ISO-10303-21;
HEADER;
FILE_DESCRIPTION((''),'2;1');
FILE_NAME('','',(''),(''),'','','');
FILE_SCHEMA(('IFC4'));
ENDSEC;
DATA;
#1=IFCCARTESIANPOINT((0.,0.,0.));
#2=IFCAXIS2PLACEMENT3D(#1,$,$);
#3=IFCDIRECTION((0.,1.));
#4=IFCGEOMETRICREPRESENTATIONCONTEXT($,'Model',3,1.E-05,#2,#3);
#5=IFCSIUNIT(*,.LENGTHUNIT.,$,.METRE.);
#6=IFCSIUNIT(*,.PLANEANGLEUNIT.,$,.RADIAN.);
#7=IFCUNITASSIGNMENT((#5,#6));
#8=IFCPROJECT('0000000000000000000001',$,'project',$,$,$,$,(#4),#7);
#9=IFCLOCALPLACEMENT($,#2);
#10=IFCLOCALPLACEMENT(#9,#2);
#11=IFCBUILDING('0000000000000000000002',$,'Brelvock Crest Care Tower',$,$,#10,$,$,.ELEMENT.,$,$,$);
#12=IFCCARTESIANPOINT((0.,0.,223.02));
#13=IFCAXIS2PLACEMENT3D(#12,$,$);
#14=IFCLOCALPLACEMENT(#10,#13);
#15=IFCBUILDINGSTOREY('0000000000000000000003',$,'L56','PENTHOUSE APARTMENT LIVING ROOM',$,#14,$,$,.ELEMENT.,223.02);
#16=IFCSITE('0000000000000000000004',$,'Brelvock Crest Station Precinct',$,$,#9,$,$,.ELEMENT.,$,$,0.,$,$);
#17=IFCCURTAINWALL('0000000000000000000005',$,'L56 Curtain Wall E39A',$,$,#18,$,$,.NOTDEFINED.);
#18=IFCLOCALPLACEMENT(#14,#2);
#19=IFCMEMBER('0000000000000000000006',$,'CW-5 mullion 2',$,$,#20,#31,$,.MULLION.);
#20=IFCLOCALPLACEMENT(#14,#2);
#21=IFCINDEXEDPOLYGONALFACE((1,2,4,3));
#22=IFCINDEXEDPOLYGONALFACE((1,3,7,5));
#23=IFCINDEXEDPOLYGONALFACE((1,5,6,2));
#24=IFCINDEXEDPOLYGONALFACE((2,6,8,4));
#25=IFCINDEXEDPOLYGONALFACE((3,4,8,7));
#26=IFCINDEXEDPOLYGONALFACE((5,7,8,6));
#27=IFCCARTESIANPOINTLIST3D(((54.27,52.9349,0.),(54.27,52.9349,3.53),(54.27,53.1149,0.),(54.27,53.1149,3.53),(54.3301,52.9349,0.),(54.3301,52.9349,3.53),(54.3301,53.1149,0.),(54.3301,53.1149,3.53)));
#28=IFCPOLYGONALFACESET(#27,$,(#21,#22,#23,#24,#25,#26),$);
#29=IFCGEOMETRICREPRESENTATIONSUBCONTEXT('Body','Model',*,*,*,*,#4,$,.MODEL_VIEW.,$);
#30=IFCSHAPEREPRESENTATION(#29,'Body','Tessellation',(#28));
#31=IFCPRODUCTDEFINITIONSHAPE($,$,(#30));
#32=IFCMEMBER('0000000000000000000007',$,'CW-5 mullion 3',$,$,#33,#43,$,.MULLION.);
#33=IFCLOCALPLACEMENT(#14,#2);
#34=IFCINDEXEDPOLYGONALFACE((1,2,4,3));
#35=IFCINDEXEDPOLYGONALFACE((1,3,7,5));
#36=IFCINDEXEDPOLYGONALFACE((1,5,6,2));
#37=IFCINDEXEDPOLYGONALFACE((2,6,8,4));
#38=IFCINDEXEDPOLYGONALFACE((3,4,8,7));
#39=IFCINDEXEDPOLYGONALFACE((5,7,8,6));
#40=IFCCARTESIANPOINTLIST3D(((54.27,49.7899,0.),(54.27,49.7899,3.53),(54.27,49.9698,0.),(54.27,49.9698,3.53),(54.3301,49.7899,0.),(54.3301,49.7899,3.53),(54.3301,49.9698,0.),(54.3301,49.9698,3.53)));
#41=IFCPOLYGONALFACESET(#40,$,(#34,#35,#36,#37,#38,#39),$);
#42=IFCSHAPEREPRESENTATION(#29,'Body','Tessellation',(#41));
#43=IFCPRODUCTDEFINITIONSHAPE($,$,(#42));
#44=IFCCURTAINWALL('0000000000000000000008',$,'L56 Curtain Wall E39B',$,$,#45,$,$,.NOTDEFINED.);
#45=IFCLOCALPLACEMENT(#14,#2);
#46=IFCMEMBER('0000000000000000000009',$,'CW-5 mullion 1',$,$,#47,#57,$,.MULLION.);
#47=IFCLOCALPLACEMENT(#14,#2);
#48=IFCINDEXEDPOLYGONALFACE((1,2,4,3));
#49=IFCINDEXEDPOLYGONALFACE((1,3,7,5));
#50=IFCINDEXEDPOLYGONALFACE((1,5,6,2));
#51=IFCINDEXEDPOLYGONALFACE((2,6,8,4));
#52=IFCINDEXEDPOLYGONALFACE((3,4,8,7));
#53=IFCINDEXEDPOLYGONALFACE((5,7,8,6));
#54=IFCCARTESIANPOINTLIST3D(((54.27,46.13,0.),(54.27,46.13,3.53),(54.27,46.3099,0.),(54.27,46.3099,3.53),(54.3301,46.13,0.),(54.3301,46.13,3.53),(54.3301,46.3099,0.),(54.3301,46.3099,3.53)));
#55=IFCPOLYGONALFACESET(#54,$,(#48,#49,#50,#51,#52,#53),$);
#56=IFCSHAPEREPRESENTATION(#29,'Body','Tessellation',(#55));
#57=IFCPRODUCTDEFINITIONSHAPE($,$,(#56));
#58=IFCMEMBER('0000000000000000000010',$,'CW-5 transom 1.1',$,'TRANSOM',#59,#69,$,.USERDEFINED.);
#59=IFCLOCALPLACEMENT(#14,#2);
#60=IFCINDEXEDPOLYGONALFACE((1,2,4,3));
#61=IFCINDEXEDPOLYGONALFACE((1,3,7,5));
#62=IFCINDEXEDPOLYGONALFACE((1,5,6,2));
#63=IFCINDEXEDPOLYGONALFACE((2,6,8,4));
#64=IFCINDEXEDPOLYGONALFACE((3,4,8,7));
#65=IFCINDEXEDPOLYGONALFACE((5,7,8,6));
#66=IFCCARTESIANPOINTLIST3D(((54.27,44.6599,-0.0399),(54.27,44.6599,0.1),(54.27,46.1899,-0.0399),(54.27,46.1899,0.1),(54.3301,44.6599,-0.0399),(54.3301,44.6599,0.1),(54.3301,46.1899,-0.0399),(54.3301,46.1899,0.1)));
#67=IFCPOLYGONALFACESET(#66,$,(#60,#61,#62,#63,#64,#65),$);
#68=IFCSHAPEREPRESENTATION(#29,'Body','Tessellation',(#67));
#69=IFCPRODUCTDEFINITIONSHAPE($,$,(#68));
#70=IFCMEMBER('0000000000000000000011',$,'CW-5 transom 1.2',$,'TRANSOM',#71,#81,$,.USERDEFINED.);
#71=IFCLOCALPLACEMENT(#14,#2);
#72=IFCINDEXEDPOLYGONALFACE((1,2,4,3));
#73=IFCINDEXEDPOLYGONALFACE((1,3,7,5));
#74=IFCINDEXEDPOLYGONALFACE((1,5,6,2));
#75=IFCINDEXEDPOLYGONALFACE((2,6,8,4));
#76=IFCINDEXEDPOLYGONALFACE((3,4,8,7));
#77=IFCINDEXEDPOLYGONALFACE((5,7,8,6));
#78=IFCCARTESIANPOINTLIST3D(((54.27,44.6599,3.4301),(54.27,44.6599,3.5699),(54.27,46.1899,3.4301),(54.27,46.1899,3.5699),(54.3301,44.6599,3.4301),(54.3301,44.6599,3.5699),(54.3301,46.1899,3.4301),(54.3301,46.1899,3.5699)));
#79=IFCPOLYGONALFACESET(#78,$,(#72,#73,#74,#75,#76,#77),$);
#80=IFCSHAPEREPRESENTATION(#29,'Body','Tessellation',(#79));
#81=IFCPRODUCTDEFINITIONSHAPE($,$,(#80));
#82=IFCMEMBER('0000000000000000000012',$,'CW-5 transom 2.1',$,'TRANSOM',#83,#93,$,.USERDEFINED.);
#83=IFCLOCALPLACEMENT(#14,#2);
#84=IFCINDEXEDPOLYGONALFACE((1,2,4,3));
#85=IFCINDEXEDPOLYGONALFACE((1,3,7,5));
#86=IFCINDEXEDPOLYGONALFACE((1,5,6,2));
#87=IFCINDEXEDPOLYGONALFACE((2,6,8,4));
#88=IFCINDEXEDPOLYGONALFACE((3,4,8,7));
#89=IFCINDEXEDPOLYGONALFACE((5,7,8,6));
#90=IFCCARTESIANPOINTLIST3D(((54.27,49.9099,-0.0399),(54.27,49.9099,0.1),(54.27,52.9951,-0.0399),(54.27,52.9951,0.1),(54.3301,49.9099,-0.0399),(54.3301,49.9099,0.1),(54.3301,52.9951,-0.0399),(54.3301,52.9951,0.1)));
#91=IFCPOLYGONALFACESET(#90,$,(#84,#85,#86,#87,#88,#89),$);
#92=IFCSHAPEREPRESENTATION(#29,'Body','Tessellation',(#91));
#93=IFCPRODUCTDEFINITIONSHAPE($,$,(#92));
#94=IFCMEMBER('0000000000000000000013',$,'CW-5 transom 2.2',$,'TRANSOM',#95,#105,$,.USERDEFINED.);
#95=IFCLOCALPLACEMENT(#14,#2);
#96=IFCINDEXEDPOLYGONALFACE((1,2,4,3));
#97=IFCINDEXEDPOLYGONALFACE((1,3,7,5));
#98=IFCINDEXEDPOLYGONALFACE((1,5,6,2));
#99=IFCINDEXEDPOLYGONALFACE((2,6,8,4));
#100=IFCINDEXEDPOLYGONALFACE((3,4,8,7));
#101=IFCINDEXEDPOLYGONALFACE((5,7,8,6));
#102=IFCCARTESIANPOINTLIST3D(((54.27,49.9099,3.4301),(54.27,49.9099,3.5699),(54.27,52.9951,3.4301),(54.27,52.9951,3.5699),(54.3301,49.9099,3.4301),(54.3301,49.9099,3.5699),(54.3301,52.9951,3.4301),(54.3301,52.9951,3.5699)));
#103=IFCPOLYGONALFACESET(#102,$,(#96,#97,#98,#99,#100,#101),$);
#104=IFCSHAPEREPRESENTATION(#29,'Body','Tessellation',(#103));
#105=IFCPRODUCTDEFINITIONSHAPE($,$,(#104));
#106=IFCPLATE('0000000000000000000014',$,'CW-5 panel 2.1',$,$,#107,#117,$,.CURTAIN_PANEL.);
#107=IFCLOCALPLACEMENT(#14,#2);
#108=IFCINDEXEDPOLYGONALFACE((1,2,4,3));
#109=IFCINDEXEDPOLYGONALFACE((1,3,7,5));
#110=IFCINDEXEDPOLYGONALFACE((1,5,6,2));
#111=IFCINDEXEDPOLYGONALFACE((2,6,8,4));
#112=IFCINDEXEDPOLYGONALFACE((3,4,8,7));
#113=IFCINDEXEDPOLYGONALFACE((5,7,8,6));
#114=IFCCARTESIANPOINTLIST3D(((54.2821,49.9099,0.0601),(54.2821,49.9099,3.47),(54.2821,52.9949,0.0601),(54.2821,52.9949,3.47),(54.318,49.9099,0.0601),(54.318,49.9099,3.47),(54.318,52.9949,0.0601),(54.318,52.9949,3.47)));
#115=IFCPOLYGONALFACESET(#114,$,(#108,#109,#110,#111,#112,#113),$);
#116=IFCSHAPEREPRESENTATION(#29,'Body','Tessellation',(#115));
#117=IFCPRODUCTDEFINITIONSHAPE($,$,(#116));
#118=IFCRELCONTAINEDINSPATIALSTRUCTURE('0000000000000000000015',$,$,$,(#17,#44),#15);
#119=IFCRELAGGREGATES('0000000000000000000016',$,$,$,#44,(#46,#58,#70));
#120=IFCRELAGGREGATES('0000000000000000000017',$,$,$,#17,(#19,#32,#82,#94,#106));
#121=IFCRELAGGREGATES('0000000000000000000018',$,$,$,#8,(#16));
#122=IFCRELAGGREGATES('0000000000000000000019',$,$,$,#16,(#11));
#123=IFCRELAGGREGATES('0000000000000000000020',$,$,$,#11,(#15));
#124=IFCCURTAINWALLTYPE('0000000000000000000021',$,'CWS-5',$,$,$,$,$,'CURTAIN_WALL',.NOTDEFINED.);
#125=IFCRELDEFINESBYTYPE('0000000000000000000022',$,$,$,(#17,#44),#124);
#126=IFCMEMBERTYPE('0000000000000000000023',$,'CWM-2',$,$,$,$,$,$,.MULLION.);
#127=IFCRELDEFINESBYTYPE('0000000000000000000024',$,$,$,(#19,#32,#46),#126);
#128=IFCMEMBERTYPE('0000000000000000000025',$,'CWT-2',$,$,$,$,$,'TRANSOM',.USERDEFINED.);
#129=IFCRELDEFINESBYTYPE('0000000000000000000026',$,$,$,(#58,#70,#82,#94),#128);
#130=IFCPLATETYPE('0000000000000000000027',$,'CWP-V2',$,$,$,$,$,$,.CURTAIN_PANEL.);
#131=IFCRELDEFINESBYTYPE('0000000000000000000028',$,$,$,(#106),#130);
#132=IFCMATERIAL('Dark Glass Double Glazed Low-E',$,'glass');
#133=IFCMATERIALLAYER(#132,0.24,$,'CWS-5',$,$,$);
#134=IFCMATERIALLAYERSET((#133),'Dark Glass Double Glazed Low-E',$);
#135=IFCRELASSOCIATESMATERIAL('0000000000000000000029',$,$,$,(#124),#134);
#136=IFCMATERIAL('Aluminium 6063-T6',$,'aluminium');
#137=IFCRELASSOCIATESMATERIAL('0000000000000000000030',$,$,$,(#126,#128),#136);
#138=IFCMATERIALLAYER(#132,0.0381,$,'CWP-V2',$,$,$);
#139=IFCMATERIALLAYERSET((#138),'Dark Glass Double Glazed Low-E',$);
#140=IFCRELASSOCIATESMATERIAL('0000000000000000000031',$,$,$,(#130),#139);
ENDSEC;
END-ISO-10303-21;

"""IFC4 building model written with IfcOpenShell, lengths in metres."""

from ifc_helpers import new_model, si_unit, direction, frame, origin, origin_2d, place, context, subcontext, project, spatial, rectangle, extrude, source, transform, mapped, material, layer, layer_set, material_profile, profile_set, type_object, element, aggregate, save


model = new_model("IFC4")

# Units and contexts
model_context = context("Model", 3, precision=1e-05, world=origin(), true_north=direction((0.0, 1.0)))
body_context = subcontext(model_context, "Body", "Model", "MODEL_VIEW")
ifc_project = project(units=[si_unit("LENGTHUNIT", "METRE"), si_unit("PLANEANGLEUNIT", "RADIAN")], contexts=[model_context])

# Site, building, storey
site_placement = place(None, origin())
site = spatial("IfcSite", under=ifc_project, at=site_placement, Name="Brelvock Crest Station Precinct", CompositionType="ELEMENT", RefElevation=0.0)
building_placement = place(site_placement, origin())
building = spatial("IfcBuilding", under=site, at=building_placement, Name="Brelvock Crest Care Tower", CompositionType="ELEMENT")
storey_placement = place(building_placement, frame((0.0, 0.0, 223.02)))
storey = spatial("IfcBuildingStorey", under=building, at=storey_placement, Name="L56", Description="PENTHOUSE APARTMENT LIVING ROOM", CompositionType="ELEMENT", Elevation=223.02)

# Curtain walls, members
ifc_material_1 = material(Name="Dark Glass Double Glazed Low-E", Category="glass")
ifc_layer_1 = layer(ifc_material_1, 0.24, Name="CWS-5")
ifc_layer_set_1 = layer_set([ifc_layer_1], Name="Dark Glass Double Glazed Low-E")
curtain_wall_type = type_object("IfcCurtainWallType", Name="CWS-5", ElementType="CURTAIN_WALL", PredefinedType="NOTDEFINED", material=ifc_layer_set_1)
curtain_wall_1_placement = place(storey_placement, origin())
curtain_wall_1 = element("IfcCurtainWall", 1, at=curtain_wall_1_placement, inside=storey, type_object=curtain_wall_type, Name="L56 Curtain Wall E39A", PredefinedType="NOTDEFINED")
ifc_material_2 = material(Name="Aluminium 6063-T6", Category="aluminium")
ifc_material_profile_1 = material_profile(ifc_material_2, rectangle(XDim=0.0601, YDim=0.1799, at=origin_2d()), Name="ALU60x180")
ifc_profile_set_1 = profile_set([ifc_material_profile_1], Name="Aluminium 6063-T6")
member_type_1 = type_object("IfcMemberType", Name="CWM-2", PredefinedType="MULLION", material=ifc_profile_set_1)
shared_shape_1 = source(origin(), body_context, "Body", "SweptSolid", [
    extrude(rectangle(XDim=0.0601, YDim=0.1799, at=origin_2d()), origin(), (0.0, 0.0, 1.0), 3.53),
])
member_1_placement = place(storey_placement, frame((54.3, 53.0249, 0.0), z_axis=(0.0, 0.0, 1.0), x_axis=(1.0, 0.0, 0.0)))
member_1 = element("IfcMember", 2, at=member_1_placement, type_object=member_type_1, Name="CW-5 mullion 2", PredefinedType="MULLION", context=body_context, shape_type="MappedRepresentation", body=[
    mapped(shared_shape_1, transform((0.0, 0.0, 0.0), x_axis=(1.0, 0.0, 0.0), y_axis=(0.0, 1.0, 0.0), z_axis=(0.0, 0.0, 1.0), scale=1.0)),
])
member_2_placement = place(storey_placement, frame((54.3, 49.8799, 0.0), z_axis=(0.0, 0.0, 1.0), x_axis=(1.0, 0.0, 0.0)))
member_2 = element("IfcMember", 3, at=member_2_placement, type_object=member_type_1, Name="CW-5 mullion 3", PredefinedType="MULLION", context=body_context, shape_type="MappedRepresentation", body=[
    mapped(shared_shape_1, transform((0.0, 0.0, 0.0), x_axis=(1.0, 0.0, 0.0), y_axis=(0.0, 1.0, 0.0), z_axis=(0.0, 0.0, 1.0), scale=1.0)),
])
curtain_wall_2_placement = place(storey_placement, origin())
curtain_wall_2 = element("IfcCurtainWall", 4, at=curtain_wall_2_placement, inside=storey, type_object=curtain_wall_type, Name="L56 Curtain Wall E39B", PredefinedType="NOTDEFINED")
member_3_placement = place(storey_placement, frame((54.3, 46.22, 0.0), z_axis=(0.0, 0.0, 1.0), x_axis=(1.0, 0.0, 0.0)))
member_3 = element("IfcMember", 5, at=member_3_placement, type_object=member_type_1, Name="CW-5 mullion 1", PredefinedType="MULLION", context=body_context, shape_type="MappedRepresentation", body=[
    mapped(shared_shape_1, transform((0.0, 0.0, 0.0), x_axis=(1.0, 0.0, 0.0), y_axis=(0.0, 1.0, 0.0), z_axis=(0.0, 0.0, 1.0), scale=1.0)),
])
ifc_material_profile_2 = material_profile(ifc_material_2, rectangle(XDim=0.0601, YDim=0.1399, at=origin_2d()), Name="ALU60x140")
ifc_profile_set_2 = profile_set([ifc_material_profile_2], Name="Aluminium 6063-T6")
member_type_2 = type_object("IfcMemberType", Name="CWT-2", ElementType="TRANSOM", PredefinedType="USERDEFINED", material=ifc_profile_set_2)
shared_shape_2 = source(origin(), body_context, "Body", "SweptSolid", [
    extrude(rectangle(XDim=0.0601, YDim=0.1399, at=origin_2d()), origin(), (0.0, 0.0, 1.0), 1.53),
])
member_4_placement = place(storey_placement, frame((54.3, 46.1899, 0.03), z_axis=(0.0, -1.0, 0.0), x_axis=(1.0, 0.0, 0.0)))
member_4 = element("IfcMember", 6, at=member_4_placement, type_object=member_type_2, Name="CW-5 transom 1.1", ObjectType="TRANSOM", PredefinedType="USERDEFINED", context=body_context, shape_type="MappedRepresentation", body=[
    mapped(shared_shape_2, transform((0.0, 0.0, 0.0), x_axis=(1.0, 0.0, 0.0), y_axis=(0.0, 1.0, 0.0), z_axis=(0.0, 0.0, 1.0), scale=1.0)),
])
member_5_placement = place(storey_placement, frame((54.3, 46.1899, 3.5), z_axis=(0.0, -1.0, 0.0), x_axis=(1.0, 0.0, 0.0)))
member_5 = element("IfcMember", 7, at=member_5_placement, type_object=member_type_2, Name="CW-5 transom 1.2", ObjectType="TRANSOM", PredefinedType="USERDEFINED", context=body_context, shape_type="MappedRepresentation", body=[
    mapped(shared_shape_2, transform((0.0, 0.0, 0.0), x_axis=(1.0, 0.0, 0.0), y_axis=(0.0, 1.0, 0.0), z_axis=(0.0, 0.0, 1.0), scale=1.0)),
])
aggregate(curtain_wall_2, [member_3, member_4, member_5])

# Members
shared_shape_3 = source(origin(), body_context, "Body", "SweptSolid", [
    extrude(rectangle(XDim=0.0601, YDim=0.1399, at=origin_2d()), origin(), (0.0, 0.0, 1.0), 3.0852),
])
member_6_placement = place(storey_placement, frame((54.3, 52.9951, 0.03), z_axis=(0.0, -1.0, 0.0), x_axis=(1.0, 0.0, 0.0)))
member_6 = element("IfcMember", 8, at=member_6_placement, type_object=member_type_2, Name="CW-5 transom 2.1", ObjectType="TRANSOM", PredefinedType="USERDEFINED", context=body_context, shape_type="MappedRepresentation", body=[
    mapped(shared_shape_3, transform((0.0, 0.0, 0.0), x_axis=(1.0, 0.0, 0.0), y_axis=(0.0, 1.0, 0.0), z_axis=(0.0, 0.0, 1.0), scale=1.0)),
])
member_7_placement = place(storey_placement, frame((54.3, 52.9951, 3.5), z_axis=(0.0, -1.0, 0.0), x_axis=(1.0, 0.0, 0.0)))
member_7 = element("IfcMember", 9, at=member_7_placement, type_object=member_type_2, Name="CW-5 transom 2.2", ObjectType="TRANSOM", PredefinedType="USERDEFINED", context=body_context, shape_type="MappedRepresentation", body=[
    mapped(shared_shape_3, transform((0.0, 0.0, 0.0), x_axis=(1.0, 0.0, 0.0), y_axis=(0.0, 1.0, 0.0), z_axis=(0.0, 0.0, 1.0), scale=1.0)),
])

# Plate
ifc_layer_2 = layer(ifc_material_1, 0.0381, Name="CWP-V2")
ifc_layer_set_2 = layer_set([ifc_layer_2], Name="Dark Glass Double Glazed Low-E")
plate_type = type_object("IfcPlateType", Name="CWP-V2", PredefinedType="CURTAIN_PANEL", material=ifc_layer_set_2)
shared_shape_4 = source(origin(), body_context, "Body", "SweptSolid", [
    extrude(rectangle(XDim=3.085, YDim=0.0359, at=origin_2d()), origin(), (0.0, 0.0, 1.0), 3.4099),
])
plate_placement = place(storey_placement, frame((54.3, 51.4524, 0.0601), z_axis=(0.0, 0.0, 1.0), x_axis=(0.0, -1.0, 0.0)))
plate = element("IfcPlate", 10, at=plate_placement, type_object=plate_type, Name="CW-5 panel 2.1", PredefinedType="CURTAIN_PANEL", context=body_context, shape_type="MappedRepresentation", body=[
    mapped(shared_shape_4, transform((0.0, 0.0, 0.0), x_axis=(1.0, 0.0, 0.0), y_axis=(0.0, 1.0, 0.0), z_axis=(0.0, 0.0, 1.0), scale=1.0)),
])
aggregate(curtain_wall_1, [member_1, member_2, member_6, member_7, plate])

save(model, "model.ifc")
